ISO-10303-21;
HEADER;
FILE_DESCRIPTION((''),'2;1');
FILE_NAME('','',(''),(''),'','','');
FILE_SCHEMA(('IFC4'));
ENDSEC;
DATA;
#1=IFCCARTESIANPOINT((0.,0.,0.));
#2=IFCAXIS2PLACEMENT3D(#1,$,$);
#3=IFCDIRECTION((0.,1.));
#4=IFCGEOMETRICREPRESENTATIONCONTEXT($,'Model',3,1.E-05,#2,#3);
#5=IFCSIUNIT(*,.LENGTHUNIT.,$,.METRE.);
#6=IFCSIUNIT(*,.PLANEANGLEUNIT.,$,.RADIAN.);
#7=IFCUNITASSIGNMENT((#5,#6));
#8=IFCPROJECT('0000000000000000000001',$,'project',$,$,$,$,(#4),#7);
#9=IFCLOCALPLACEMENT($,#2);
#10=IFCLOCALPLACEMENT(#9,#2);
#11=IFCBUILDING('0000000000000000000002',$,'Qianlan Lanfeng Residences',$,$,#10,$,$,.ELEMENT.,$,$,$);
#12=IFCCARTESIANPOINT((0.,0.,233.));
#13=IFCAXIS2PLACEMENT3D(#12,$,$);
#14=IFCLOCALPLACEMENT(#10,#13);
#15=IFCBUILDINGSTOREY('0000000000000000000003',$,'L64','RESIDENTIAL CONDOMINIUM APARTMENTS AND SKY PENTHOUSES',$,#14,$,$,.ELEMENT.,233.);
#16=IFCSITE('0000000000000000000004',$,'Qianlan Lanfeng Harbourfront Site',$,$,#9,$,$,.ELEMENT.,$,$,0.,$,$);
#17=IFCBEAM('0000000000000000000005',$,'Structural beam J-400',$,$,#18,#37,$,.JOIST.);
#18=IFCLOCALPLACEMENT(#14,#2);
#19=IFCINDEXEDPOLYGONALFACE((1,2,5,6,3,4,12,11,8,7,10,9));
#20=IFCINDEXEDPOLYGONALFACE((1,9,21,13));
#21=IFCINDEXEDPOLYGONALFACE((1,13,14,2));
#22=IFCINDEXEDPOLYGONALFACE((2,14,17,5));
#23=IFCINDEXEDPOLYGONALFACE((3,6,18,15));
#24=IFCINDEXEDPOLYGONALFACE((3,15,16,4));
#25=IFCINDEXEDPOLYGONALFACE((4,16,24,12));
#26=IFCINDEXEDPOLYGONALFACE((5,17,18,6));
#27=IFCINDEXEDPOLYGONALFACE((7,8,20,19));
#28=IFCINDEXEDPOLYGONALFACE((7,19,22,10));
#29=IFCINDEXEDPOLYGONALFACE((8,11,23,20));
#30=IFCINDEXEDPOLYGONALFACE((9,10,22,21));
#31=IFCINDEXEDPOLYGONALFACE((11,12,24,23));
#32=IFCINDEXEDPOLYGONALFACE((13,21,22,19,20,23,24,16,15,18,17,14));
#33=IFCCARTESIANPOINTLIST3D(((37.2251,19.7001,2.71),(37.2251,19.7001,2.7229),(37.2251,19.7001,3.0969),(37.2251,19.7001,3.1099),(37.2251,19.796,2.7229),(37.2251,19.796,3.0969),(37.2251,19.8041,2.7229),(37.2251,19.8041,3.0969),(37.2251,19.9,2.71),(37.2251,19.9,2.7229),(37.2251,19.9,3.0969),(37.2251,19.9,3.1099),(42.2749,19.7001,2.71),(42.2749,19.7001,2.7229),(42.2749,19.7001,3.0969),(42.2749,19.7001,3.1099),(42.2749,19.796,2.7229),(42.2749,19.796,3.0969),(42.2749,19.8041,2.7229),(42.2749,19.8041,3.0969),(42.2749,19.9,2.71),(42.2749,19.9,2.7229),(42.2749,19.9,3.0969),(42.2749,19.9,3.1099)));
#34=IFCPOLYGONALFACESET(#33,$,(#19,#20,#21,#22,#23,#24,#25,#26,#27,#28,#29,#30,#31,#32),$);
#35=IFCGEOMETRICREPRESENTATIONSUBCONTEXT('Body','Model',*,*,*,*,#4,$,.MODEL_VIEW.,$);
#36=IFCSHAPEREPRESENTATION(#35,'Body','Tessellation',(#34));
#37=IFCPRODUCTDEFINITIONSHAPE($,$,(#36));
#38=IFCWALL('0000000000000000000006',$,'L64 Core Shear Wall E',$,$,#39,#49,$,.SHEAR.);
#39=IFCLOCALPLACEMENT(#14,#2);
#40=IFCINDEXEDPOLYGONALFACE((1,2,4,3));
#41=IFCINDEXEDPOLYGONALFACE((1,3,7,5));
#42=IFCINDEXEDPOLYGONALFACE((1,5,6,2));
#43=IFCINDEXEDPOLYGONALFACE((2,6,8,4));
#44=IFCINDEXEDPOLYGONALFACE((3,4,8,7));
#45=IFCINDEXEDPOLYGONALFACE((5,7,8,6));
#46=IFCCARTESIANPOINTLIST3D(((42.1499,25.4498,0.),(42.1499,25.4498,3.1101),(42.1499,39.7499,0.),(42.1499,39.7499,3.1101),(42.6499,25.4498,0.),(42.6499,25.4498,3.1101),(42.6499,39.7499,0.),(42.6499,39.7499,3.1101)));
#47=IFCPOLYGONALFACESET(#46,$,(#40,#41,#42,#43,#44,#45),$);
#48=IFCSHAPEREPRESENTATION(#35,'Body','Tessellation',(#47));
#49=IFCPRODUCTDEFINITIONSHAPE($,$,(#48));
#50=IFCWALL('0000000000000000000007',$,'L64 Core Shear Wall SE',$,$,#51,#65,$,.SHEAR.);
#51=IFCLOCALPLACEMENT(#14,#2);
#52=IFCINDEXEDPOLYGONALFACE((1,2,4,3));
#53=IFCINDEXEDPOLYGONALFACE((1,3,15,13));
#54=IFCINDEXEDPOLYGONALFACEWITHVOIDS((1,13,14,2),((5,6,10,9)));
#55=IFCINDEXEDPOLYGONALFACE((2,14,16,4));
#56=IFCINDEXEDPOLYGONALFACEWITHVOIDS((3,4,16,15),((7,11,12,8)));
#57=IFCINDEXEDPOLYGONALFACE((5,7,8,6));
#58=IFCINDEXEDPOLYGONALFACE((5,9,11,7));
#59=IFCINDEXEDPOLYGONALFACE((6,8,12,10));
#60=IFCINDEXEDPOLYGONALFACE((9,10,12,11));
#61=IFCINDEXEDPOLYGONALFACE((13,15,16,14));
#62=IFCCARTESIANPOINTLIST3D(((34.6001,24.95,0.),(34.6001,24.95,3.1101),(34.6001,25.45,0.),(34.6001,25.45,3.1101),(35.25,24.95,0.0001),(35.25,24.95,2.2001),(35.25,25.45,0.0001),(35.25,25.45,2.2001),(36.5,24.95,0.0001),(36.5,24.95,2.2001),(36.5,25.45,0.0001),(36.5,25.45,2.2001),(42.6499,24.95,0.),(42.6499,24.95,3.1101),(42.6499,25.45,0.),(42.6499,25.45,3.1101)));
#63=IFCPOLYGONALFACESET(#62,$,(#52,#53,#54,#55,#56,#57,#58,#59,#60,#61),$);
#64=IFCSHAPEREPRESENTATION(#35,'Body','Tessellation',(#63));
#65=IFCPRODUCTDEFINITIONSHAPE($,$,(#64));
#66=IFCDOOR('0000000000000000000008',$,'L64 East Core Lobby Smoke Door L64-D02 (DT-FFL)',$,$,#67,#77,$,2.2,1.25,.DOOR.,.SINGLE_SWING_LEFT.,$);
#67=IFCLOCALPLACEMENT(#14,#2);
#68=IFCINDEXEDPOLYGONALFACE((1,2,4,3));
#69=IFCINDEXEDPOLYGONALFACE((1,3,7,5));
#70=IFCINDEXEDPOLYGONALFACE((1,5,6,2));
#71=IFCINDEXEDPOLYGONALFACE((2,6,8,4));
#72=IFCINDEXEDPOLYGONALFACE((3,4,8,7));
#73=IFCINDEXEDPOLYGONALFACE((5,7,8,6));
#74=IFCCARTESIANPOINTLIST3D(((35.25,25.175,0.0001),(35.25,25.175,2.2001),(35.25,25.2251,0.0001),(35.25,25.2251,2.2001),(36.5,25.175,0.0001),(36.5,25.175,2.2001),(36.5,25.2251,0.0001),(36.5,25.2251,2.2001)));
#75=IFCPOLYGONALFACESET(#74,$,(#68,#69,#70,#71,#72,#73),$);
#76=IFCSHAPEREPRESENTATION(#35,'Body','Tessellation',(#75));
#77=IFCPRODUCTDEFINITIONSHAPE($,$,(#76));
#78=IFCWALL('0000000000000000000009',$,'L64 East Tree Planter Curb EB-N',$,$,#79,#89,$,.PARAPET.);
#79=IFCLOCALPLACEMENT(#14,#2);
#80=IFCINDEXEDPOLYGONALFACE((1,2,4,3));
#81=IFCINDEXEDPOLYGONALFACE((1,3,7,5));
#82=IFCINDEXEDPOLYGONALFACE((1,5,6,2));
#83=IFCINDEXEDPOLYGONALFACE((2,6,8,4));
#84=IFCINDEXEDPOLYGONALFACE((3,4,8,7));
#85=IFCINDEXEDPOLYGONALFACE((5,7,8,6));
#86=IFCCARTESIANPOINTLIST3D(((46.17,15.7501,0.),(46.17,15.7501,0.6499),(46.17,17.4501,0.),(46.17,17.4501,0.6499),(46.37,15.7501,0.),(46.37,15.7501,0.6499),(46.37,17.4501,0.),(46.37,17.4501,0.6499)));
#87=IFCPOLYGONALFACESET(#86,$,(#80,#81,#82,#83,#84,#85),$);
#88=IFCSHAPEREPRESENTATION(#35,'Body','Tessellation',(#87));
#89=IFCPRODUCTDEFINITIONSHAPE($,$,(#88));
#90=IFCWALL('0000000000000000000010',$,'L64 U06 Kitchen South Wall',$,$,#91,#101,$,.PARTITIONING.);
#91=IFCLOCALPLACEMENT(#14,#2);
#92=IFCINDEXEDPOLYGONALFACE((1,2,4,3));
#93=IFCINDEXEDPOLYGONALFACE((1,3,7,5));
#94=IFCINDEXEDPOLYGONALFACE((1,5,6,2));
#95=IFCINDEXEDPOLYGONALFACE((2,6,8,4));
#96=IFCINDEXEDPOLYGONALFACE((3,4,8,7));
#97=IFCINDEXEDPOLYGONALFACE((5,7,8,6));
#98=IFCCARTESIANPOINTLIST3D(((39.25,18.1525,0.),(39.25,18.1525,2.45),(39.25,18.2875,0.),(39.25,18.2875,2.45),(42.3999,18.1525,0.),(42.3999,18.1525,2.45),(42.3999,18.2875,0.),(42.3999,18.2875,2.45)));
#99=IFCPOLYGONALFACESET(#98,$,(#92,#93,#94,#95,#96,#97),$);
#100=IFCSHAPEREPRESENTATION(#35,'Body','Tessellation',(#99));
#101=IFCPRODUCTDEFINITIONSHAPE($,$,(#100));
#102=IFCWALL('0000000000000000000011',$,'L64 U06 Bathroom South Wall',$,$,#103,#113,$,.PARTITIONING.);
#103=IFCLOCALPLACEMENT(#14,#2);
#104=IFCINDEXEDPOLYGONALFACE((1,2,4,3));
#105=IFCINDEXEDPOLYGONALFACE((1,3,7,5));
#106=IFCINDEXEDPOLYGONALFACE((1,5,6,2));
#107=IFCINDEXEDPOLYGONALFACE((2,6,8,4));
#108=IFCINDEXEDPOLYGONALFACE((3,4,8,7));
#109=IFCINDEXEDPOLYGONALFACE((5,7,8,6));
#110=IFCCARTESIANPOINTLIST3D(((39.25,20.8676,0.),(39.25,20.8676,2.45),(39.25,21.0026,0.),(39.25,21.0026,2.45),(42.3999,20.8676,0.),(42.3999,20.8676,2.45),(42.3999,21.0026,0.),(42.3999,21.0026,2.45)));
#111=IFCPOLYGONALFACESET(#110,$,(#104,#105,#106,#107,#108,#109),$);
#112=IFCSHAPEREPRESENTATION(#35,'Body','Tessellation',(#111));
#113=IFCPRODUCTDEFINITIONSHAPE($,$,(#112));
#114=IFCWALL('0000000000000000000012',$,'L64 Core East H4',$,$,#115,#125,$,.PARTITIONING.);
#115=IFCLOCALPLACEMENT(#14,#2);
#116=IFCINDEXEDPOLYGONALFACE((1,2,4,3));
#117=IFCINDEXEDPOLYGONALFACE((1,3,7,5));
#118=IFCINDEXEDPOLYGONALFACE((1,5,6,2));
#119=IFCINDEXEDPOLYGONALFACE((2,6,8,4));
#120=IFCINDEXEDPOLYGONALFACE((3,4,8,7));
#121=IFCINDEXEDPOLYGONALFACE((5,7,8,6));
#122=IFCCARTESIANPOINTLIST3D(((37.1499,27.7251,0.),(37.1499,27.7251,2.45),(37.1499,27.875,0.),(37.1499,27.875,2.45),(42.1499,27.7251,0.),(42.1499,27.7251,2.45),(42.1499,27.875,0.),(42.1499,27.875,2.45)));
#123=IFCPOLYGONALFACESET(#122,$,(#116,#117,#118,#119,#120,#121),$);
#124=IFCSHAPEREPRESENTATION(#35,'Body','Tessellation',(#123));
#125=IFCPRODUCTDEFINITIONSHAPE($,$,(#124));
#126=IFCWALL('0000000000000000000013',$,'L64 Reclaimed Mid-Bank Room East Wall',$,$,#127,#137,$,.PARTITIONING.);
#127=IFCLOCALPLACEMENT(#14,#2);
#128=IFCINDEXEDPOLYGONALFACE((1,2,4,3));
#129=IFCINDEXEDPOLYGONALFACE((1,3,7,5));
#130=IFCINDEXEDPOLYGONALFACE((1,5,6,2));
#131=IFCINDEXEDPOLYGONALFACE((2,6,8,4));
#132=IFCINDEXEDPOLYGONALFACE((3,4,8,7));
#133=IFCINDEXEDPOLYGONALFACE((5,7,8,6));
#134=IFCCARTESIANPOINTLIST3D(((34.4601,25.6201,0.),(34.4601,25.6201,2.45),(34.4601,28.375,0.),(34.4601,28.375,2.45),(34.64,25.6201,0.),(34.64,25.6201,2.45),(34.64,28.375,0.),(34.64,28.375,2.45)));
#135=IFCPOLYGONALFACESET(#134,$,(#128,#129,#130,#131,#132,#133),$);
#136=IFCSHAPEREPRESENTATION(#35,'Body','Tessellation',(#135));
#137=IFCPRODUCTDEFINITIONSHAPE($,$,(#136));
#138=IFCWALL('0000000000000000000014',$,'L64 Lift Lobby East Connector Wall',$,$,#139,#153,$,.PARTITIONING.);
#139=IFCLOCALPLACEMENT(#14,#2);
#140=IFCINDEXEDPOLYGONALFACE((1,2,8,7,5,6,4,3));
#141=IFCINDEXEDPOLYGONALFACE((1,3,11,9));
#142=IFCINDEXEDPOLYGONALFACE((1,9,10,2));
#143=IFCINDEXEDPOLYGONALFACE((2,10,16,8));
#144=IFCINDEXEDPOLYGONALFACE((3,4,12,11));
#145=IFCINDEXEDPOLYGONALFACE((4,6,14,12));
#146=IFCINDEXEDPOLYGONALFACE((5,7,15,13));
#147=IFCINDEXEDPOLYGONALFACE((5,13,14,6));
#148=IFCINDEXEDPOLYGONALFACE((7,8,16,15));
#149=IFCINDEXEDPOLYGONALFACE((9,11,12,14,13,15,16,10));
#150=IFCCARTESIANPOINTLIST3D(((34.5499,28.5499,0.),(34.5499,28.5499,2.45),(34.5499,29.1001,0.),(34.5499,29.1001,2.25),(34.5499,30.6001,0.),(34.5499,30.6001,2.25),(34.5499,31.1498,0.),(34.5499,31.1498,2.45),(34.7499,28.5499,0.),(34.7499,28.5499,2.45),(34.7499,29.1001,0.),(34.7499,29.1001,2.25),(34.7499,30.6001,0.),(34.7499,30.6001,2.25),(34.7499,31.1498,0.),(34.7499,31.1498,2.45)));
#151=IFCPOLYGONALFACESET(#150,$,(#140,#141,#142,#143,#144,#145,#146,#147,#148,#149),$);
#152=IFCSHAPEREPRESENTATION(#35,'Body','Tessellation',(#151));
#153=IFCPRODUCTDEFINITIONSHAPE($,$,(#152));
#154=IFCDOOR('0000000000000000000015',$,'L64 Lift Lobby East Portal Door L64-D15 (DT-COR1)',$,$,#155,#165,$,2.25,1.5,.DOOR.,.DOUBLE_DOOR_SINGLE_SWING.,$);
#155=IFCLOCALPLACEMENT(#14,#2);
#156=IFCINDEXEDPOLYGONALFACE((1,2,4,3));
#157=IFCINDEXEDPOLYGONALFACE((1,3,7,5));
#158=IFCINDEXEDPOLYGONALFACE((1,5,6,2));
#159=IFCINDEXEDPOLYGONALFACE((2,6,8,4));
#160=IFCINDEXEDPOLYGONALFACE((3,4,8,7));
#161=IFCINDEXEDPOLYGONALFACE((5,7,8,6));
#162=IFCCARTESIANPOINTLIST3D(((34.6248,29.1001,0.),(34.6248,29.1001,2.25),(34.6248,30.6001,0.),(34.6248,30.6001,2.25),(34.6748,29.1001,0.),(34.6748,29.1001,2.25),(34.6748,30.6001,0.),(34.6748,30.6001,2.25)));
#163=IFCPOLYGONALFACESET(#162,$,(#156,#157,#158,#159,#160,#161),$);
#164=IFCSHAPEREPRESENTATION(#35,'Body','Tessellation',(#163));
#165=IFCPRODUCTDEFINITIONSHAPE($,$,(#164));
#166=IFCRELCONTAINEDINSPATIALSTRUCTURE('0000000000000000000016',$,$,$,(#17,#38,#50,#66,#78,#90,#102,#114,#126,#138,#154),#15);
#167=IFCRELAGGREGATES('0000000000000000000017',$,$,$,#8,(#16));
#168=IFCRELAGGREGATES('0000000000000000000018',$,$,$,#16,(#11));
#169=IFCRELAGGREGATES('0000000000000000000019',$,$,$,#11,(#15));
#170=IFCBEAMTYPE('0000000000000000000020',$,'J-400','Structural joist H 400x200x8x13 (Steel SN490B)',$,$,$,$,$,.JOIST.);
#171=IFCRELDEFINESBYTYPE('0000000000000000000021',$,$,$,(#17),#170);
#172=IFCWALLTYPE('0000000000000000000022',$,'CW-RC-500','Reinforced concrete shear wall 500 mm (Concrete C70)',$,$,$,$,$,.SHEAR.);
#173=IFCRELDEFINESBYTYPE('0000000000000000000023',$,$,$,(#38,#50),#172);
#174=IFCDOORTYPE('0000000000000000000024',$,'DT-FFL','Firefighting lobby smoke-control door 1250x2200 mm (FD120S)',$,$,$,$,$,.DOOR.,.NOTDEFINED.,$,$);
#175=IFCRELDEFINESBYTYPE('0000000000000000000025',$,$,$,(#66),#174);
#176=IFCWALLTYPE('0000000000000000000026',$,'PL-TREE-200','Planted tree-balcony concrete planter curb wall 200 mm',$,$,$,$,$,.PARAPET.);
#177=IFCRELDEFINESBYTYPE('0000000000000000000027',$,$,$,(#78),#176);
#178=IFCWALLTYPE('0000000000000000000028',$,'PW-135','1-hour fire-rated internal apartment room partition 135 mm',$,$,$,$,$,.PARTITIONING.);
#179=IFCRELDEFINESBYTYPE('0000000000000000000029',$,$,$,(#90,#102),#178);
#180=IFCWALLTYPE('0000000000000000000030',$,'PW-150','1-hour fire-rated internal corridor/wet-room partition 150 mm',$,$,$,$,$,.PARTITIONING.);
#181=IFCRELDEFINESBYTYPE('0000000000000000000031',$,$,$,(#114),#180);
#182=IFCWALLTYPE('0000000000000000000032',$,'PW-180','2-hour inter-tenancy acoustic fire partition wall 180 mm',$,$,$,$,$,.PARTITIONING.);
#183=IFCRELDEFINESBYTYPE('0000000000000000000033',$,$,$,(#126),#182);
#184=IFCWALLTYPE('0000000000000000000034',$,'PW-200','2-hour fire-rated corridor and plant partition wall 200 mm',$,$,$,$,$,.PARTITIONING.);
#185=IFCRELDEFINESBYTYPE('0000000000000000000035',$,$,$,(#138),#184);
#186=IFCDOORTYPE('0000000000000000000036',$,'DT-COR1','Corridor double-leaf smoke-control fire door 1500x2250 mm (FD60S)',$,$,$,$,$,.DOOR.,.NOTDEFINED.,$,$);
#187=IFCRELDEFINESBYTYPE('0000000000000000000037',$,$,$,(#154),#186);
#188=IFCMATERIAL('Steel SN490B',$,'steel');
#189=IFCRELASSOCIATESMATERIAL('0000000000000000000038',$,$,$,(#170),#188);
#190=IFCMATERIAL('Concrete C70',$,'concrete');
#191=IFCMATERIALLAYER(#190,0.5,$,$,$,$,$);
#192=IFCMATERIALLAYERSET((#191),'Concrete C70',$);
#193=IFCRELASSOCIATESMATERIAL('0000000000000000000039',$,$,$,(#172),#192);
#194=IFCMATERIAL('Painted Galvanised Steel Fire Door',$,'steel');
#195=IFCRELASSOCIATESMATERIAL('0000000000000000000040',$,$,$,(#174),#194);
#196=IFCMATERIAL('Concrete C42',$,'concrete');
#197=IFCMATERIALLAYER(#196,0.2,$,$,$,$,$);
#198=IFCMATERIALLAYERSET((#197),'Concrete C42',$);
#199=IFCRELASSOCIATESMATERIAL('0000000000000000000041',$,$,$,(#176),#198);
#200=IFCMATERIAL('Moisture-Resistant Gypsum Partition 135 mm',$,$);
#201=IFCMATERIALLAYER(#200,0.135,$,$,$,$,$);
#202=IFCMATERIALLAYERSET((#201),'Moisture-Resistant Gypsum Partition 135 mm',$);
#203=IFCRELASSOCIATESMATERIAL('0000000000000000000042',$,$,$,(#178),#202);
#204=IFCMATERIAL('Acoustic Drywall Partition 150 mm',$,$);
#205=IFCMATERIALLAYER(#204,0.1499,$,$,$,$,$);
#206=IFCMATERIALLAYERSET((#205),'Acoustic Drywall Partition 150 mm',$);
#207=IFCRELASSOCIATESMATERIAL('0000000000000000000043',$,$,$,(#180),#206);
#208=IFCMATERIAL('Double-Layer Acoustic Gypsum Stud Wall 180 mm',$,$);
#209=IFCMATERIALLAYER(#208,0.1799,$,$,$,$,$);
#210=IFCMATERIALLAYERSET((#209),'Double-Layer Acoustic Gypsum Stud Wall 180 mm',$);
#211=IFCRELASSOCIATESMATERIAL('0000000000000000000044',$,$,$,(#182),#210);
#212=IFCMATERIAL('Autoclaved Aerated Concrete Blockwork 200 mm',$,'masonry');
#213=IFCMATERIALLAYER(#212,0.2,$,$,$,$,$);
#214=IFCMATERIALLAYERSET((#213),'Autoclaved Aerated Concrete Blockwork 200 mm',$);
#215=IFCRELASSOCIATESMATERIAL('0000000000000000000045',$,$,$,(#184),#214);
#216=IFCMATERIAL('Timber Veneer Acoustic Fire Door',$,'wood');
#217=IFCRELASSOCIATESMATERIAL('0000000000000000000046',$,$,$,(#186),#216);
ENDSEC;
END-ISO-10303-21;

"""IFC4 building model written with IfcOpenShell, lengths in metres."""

from ifc_helpers import new_model, si_unit, direction, frame, frame_2d, origin, origin_2d, place, context, subcontext, project, spatial, rectangle, i_section, extrude, material, layer, layer_set, material_profile, profile_set, type_object, element, fill, save


model = new_model("IFC4")

# Units and contexts
model_context = context("Model", 3, precision=1e-05, world=origin(), true_north=direction((0.0, 1.0)))
body_context = subcontext(model_context, "Body", "Model", "MODEL_VIEW")
ifc_project = project(units=[si_unit("LENGTHUNIT", "METRE"), si_unit("PLANEANGLEUNIT", "RADIAN")], contexts=[model_context])

# Site, building, storey
site_placement = place(None, origin())
site = spatial("IfcSite", under=ifc_project, at=site_placement, Name="Qianlan Lanfeng Harbourfront Site", CompositionType="ELEMENT", RefElevation=0.0)
building_placement = place(site_placement, origin())
building = spatial("IfcBuilding", under=site, at=building_placement, Name="Qianlan Lanfeng Residences", CompositionType="ELEMENT")
storey_placement = place(building_placement, frame((0.0, 0.0, 233.0)))
storey = spatial("IfcBuildingStorey", under=building, at=storey_placement, Name="L64", Description="RESIDENTIAL CONDOMINIUM APARTMENTS AND SKY PENTHOUSES", CompositionType="ELEMENT", Elevation=233.0)

# Beam
ifc_material_1 = material(Name="Steel SN490B", Category="steel")
ifc_material_profile = material_profile(ifc_material_1, i_section(OverallWidth=0.2, OverallDepth=0.3999, WebThickness=0.0081, FlangeThickness=0.0129, at=origin_2d()), Name="H 400x200x8x13")
ifc_profile_set = profile_set([ifc_material_profile], Name="Steel SN490B")
beam_type = type_object("IfcBeamType", Name="J-400", Description="Structural joist H 400x200x8x13 (Steel SN490B)", PredefinedType="JOIST", material=ifc_profile_set)
beam_placement = place(storey_placement, frame((37.2251, 19.8, 2.9099), z_axis=(1.0, 0.0, 0.0), x_axis=(0.0, 1.0, 0.0)))
element("IfcBeam", 1, at=beam_placement, inside=storey, type_object=beam_type, Name="Structural beam J-400", PredefinedType="JOIST", context=body_context, shape_type="SweptSolid", body=[
    extrude(i_section(OverallWidth=0.2, OverallDepth=0.3999, WebThickness=0.0081, FlangeThickness=0.0129, at=origin_2d()), origin(), (0.0, 0.0, 1.0), 5.0498),
])

# Wall
ifc_material_2 = material(Name="Concrete C70", Category="concrete")
ifc_layer_1 = layer(ifc_material_2, 0.5)
ifc_layer_set_1 = layer_set([ifc_layer_1], Name="Concrete C70")
wall_type_1 = type_object("IfcWallType", Name="CW-RC-500", Description="Reinforced concrete shear wall 500 mm (Concrete C70)", PredefinedType="SHEAR", material=ifc_layer_set_1)
wall_1_placement = place(storey_placement, frame((42.3999, 25.45, 0.0), z_axis=(0.0, 0.0, 1.0), x_axis=(0.0, 1.0, 0.0)))
element("IfcWall", 2, at=wall_1_placement, inside=storey, type_object=wall_type_1, Name="L64 Core Shear Wall E", PredefinedType="SHEAR", context=body_context, shape_type="SweptSolid", body=[
    extrude(rectangle(XDim=14.3, YDim=0.5, at=frame_2d((7.1499, 0.0))), origin(), (0.0, 0.0, 1.0), 3.1101),
])

# Wall, opening, door
wall_2_placement = place(storey_placement, frame((34.6001, 25.2, 0.0), z_axis=(0.0, 0.0, 1.0), x_axis=(1.0, 0.0, 0.0)))
wall_2 = element("IfcWall", 3, at=wall_2_placement, inside=storey, type_object=wall_type_1, Name="L64 Core Shear Wall SE", PredefinedType="SHEAR", context=body_context, shape_type="SweptSolid", body=[
    extrude(rectangle(XDim=8.0498, YDim=0.5, at=frame_2d((4.0249, 0.0))), origin(), (0.0, 0.0, 1.0), 3.1101),
])
opening_1_placement = place(wall_2_placement, frame((0.6499, 0.0, 0.0)))
opening_1 = element("IfcOpeningElement", 4, at=opening_1_placement, cuts=wall_2, PredefinedType="OPENING", context=body_context, shape_type="SweptSolid", body=[
    extrude(rectangle(XDim=1.25, YDim=2.2, at=frame_2d((0.625, 1.1001))), frame((0.0, 0.26, 0.0), z_axis=(0.0, -1.0, 0.0), x_axis=(1.0, 0.0, 0.0)), (0.0, 0.0, 1.0), 0.52),
])
ifc_material_3 = material(Name="Painted Galvanised Steel Fire Door", Category="steel")
door_type_1 = type_object("IfcDoorType", Name="DT-FFL", Description="Firefighting lobby smoke-control door 1250x2200 mm (FD120S)", OperationType="NOTDEFINED", PredefinedType="DOOR", material=ifc_material_3)
door_1_placement = place(opening_1_placement, frame((1.25, 0.0, 0.0), z_axis=(0.0, 0.0, 1.0), x_axis=(-1.0, 0.0, 0.0)))
door_1 = element("IfcDoor", 5, at=door_1_placement, inside=storey, type_object=door_type_1, Name="L64 East Core Lobby Smoke Door L64-D02 (DT-FFL)", OperationType="SINGLE_SWING_LEFT", OverallHeight=2.2, OverallWidth=1.25, PredefinedType="DOOR", context=body_context, shape_type="SweptSolid", body=[
    extrude(rectangle(XDim=1.25, YDim=2.2, at=frame_2d((0.625, 1.1001))), frame((0.0, 0.0249, 0.0), z_axis=(0.0, -1.0, 0.0), x_axis=(1.0, 0.0, 0.0)), (0.0, 0.0, 1.0), 0.05),
])
fill(opening_1, door_1)

# Wall
ifc_material_4 = material(Name="Concrete C42", Category="concrete")
ifc_layer_2 = layer(ifc_material_4, 0.2)
ifc_layer_set_2 = layer_set([ifc_layer_2], Name="Concrete C42")
wall_type_2 = type_object("IfcWallType", Name="PL-TREE-200", Description="Planted tree-balcony concrete planter curb wall 200 mm", PredefinedType="PARAPET", material=ifc_layer_set_2)
wall_3_placement = place(storey_placement, frame((46.27, 15.75, 0.0), z_axis=(0.0, 0.0, 1.0), x_axis=(0.0, 1.0, 0.0)))
element("IfcWall", 6, at=wall_3_placement, inside=storey, type_object=wall_type_2, Name="L64 East Tree Planter Curb EB-N", PredefinedType="PARAPET", context=body_context, shape_type="SweptSolid", body=[
    extrude(rectangle(XDim=1.7, YDim=0.2, at=frame_2d((0.8501, 0.0))), origin(), (0.0, 0.0, 1.0), 0.6499),
])

# Shared definitions
ifc_material_5 = material(Name="Moisture-Resistant Gypsum Partition 135 mm")
ifc_layer_3 = layer(ifc_material_5, 0.135)
ifc_layer_set_3 = layer_set([ifc_layer_3], Name="Moisture-Resistant Gypsum Partition 135 mm")
wall_type_3 = type_object("IfcWallType", Name="PW-135", Description="1-hour fire-rated internal apartment room partition 135 mm", PredefinedType="PARTITIONING", material=ifc_layer_set_3)

# Walls
for number, where, z_axis, x_axis, name in (
    (7, (39.25, 18.22, 0.0), (0.0, 0.0, 1.0), (1.0, 0.0, 0.0), "L64 U06 Kitchen South Wall"),
    (8, (39.25, 20.9351, 0.0), (0.0, 0.0, 1.0), (1.0, 0.0, 0.0), "L64 U06 Bathroom South Wall"),
):
    element("IfcWall", number, at=place(storey_placement, frame(where, z_axis=z_axis, x_axis=x_axis)), inside=storey, type_object=wall_type_3, Name=name, PredefinedType="PARTITIONING", context=body_context, shape_type="SweptSolid", body=[
        extrude(rectangle(XDim=3.1499, YDim=0.135, at=frame_2d((1.575, 0.0))), origin(), (0.0, 0.0, 1.0), 2.45),
    ])
ifc_material_6 = material(Name="Acoustic Drywall Partition 150 mm")
ifc_layer_4 = layer(ifc_material_6, 0.1499)
ifc_layer_set_4 = layer_set([ifc_layer_4], Name="Acoustic Drywall Partition 150 mm")
wall_type_4 = type_object("IfcWallType", Name="PW-150", Description="1-hour fire-rated internal corridor/wet-room partition 150 mm", PredefinedType="PARTITIONING", material=ifc_layer_set_4)
wall_4_placement = place(storey_placement, frame((37.1499, 27.8, 0.0), z_axis=(0.0, 0.0, 1.0), x_axis=(1.0, 0.0, 0.0)))
element("IfcWall", 9, at=wall_4_placement, inside=storey, type_object=wall_type_4, Name="L64 Core East H4", PredefinedType="PARTITIONING", context=body_context, shape_type="SweptSolid", body=[
    extrude(rectangle(XDim=5.0, YDim=0.1499, at=frame_2d((2.5, 0.0))), origin(), (0.0, 0.0, 1.0), 2.45),
])

# Shared definitions
ifc_material_7 = material(Name="Double-Layer Acoustic Gypsum Stud Wall 180 mm")
ifc_layer_5 = layer(ifc_material_7, 0.1799)
ifc_layer_set_5 = layer_set([ifc_layer_5], Name="Double-Layer Acoustic Gypsum Stud Wall 180 mm")
wall_type_5 = type_object("IfcWallType", Name="PW-180", Description="2-hour inter-tenancy acoustic fire partition wall 180 mm", PredefinedType="PARTITIONING", material=ifc_layer_set_5)

# Wall
wall_5_placement = place(storey_placement, frame((34.55, 25.6201, 0.0), z_axis=(0.0, 0.0, 1.0), x_axis=(0.0, 1.0, 0.0)))
element("IfcWall", 10, at=wall_5_placement, inside=storey, type_object=wall_type_5, Name="L64 Reclaimed Mid-Bank Room East Wall", PredefinedType="PARTITIONING", context=body_context, shape_type="SweptSolid", body=[
    extrude(rectangle(XDim=2.7549, YDim=0.1799, at=frame_2d((1.3774, 0.0))), origin(), (0.0, 0.0, 1.0), 2.45),
])

# Wall, opening, door
ifc_material_8 = material(Name="Autoclaved Aerated Concrete Blockwork 200 mm", Category="masonry")
ifc_layer_6 = layer(ifc_material_8, 0.2)
ifc_layer_set_6 = layer_set([ifc_layer_6], Name="Autoclaved Aerated Concrete Blockwork 200 mm")
wall_type_6 = type_object("IfcWallType", Name="PW-200", Description="2-hour fire-rated corridor and plant partition wall 200 mm", PredefinedType="PARTITIONING", material=ifc_layer_set_6)
wall_6_placement = place(storey_placement, frame((34.6499, 28.55, 0.0), z_axis=(0.0, 0.0, 1.0), x_axis=(0.0, 1.0, 0.0)))
wall_6 = element("IfcWall", 11, at=wall_6_placement, inside=storey, type_object=wall_type_6, Name="L64 Lift Lobby East Connector Wall", PredefinedType="PARTITIONING", context=body_context, shape_type="SweptSolid", body=[
    extrude(rectangle(XDim=2.5999, YDim=0.2, at=frame_2d((1.2998, 0.0))), origin(), (0.0, 0.0, 1.0), 2.45),
])
opening_2_placement = place(wall_6_placement, frame((0.55, 0.0, 0.0)))
opening_2 = element("IfcOpeningElement", 12, at=opening_2_placement, cuts=wall_6, PredefinedType="OPENING", context=body_context, shape_type="SweptSolid", body=[
    extrude(rectangle(XDim=1.5, YDim=2.25, at=frame_2d((0.75, 1.125))), frame((0.0, 0.1099, 0.0), z_axis=(0.0, -1.0, 0.0), x_axis=(1.0, 0.0, 0.0)), (0.0, 0.0, 1.0), 0.22),
])
ifc_material_9 = material(Name="Timber Veneer Acoustic Fire Door", Category="wood")
door_type_2 = type_object("IfcDoorType", Name="DT-COR1", Description="Corridor double-leaf smoke-control fire door 1500x2250 mm (FD60S)", OperationType="NOTDEFINED", PredefinedType="DOOR", material=ifc_material_9)
door_2_placement = place(opening_2_placement, frame((1.5, 0.0, 0.0), z_axis=(0.0, 0.0, 1.0), x_axis=(-1.0, 0.0, 0.0)))
door_2 = element("IfcDoor", 13, at=door_2_placement, inside=storey, type_object=door_type_2, Name="L64 Lift Lobby East Portal Door L64-D15 (DT-COR1)", OperationType="DOUBLE_DOOR_SINGLE_SWING", OverallHeight=2.25, OverallWidth=1.5, PredefinedType="DOOR", context=body_context, shape_type="SweptSolid", body=[
    extrude(rectangle(XDim=1.5, YDim=2.25, at=frame_2d((0.75, 1.125))), frame((0.0, 0.0249, 0.0), z_axis=(0.0, -1.0, 0.0), x_axis=(1.0, 0.0, 0.0)), (0.0, 0.0, 1.0), 0.05),
])
fill(opening_2, door_2)

save(model, "model.ifc")
